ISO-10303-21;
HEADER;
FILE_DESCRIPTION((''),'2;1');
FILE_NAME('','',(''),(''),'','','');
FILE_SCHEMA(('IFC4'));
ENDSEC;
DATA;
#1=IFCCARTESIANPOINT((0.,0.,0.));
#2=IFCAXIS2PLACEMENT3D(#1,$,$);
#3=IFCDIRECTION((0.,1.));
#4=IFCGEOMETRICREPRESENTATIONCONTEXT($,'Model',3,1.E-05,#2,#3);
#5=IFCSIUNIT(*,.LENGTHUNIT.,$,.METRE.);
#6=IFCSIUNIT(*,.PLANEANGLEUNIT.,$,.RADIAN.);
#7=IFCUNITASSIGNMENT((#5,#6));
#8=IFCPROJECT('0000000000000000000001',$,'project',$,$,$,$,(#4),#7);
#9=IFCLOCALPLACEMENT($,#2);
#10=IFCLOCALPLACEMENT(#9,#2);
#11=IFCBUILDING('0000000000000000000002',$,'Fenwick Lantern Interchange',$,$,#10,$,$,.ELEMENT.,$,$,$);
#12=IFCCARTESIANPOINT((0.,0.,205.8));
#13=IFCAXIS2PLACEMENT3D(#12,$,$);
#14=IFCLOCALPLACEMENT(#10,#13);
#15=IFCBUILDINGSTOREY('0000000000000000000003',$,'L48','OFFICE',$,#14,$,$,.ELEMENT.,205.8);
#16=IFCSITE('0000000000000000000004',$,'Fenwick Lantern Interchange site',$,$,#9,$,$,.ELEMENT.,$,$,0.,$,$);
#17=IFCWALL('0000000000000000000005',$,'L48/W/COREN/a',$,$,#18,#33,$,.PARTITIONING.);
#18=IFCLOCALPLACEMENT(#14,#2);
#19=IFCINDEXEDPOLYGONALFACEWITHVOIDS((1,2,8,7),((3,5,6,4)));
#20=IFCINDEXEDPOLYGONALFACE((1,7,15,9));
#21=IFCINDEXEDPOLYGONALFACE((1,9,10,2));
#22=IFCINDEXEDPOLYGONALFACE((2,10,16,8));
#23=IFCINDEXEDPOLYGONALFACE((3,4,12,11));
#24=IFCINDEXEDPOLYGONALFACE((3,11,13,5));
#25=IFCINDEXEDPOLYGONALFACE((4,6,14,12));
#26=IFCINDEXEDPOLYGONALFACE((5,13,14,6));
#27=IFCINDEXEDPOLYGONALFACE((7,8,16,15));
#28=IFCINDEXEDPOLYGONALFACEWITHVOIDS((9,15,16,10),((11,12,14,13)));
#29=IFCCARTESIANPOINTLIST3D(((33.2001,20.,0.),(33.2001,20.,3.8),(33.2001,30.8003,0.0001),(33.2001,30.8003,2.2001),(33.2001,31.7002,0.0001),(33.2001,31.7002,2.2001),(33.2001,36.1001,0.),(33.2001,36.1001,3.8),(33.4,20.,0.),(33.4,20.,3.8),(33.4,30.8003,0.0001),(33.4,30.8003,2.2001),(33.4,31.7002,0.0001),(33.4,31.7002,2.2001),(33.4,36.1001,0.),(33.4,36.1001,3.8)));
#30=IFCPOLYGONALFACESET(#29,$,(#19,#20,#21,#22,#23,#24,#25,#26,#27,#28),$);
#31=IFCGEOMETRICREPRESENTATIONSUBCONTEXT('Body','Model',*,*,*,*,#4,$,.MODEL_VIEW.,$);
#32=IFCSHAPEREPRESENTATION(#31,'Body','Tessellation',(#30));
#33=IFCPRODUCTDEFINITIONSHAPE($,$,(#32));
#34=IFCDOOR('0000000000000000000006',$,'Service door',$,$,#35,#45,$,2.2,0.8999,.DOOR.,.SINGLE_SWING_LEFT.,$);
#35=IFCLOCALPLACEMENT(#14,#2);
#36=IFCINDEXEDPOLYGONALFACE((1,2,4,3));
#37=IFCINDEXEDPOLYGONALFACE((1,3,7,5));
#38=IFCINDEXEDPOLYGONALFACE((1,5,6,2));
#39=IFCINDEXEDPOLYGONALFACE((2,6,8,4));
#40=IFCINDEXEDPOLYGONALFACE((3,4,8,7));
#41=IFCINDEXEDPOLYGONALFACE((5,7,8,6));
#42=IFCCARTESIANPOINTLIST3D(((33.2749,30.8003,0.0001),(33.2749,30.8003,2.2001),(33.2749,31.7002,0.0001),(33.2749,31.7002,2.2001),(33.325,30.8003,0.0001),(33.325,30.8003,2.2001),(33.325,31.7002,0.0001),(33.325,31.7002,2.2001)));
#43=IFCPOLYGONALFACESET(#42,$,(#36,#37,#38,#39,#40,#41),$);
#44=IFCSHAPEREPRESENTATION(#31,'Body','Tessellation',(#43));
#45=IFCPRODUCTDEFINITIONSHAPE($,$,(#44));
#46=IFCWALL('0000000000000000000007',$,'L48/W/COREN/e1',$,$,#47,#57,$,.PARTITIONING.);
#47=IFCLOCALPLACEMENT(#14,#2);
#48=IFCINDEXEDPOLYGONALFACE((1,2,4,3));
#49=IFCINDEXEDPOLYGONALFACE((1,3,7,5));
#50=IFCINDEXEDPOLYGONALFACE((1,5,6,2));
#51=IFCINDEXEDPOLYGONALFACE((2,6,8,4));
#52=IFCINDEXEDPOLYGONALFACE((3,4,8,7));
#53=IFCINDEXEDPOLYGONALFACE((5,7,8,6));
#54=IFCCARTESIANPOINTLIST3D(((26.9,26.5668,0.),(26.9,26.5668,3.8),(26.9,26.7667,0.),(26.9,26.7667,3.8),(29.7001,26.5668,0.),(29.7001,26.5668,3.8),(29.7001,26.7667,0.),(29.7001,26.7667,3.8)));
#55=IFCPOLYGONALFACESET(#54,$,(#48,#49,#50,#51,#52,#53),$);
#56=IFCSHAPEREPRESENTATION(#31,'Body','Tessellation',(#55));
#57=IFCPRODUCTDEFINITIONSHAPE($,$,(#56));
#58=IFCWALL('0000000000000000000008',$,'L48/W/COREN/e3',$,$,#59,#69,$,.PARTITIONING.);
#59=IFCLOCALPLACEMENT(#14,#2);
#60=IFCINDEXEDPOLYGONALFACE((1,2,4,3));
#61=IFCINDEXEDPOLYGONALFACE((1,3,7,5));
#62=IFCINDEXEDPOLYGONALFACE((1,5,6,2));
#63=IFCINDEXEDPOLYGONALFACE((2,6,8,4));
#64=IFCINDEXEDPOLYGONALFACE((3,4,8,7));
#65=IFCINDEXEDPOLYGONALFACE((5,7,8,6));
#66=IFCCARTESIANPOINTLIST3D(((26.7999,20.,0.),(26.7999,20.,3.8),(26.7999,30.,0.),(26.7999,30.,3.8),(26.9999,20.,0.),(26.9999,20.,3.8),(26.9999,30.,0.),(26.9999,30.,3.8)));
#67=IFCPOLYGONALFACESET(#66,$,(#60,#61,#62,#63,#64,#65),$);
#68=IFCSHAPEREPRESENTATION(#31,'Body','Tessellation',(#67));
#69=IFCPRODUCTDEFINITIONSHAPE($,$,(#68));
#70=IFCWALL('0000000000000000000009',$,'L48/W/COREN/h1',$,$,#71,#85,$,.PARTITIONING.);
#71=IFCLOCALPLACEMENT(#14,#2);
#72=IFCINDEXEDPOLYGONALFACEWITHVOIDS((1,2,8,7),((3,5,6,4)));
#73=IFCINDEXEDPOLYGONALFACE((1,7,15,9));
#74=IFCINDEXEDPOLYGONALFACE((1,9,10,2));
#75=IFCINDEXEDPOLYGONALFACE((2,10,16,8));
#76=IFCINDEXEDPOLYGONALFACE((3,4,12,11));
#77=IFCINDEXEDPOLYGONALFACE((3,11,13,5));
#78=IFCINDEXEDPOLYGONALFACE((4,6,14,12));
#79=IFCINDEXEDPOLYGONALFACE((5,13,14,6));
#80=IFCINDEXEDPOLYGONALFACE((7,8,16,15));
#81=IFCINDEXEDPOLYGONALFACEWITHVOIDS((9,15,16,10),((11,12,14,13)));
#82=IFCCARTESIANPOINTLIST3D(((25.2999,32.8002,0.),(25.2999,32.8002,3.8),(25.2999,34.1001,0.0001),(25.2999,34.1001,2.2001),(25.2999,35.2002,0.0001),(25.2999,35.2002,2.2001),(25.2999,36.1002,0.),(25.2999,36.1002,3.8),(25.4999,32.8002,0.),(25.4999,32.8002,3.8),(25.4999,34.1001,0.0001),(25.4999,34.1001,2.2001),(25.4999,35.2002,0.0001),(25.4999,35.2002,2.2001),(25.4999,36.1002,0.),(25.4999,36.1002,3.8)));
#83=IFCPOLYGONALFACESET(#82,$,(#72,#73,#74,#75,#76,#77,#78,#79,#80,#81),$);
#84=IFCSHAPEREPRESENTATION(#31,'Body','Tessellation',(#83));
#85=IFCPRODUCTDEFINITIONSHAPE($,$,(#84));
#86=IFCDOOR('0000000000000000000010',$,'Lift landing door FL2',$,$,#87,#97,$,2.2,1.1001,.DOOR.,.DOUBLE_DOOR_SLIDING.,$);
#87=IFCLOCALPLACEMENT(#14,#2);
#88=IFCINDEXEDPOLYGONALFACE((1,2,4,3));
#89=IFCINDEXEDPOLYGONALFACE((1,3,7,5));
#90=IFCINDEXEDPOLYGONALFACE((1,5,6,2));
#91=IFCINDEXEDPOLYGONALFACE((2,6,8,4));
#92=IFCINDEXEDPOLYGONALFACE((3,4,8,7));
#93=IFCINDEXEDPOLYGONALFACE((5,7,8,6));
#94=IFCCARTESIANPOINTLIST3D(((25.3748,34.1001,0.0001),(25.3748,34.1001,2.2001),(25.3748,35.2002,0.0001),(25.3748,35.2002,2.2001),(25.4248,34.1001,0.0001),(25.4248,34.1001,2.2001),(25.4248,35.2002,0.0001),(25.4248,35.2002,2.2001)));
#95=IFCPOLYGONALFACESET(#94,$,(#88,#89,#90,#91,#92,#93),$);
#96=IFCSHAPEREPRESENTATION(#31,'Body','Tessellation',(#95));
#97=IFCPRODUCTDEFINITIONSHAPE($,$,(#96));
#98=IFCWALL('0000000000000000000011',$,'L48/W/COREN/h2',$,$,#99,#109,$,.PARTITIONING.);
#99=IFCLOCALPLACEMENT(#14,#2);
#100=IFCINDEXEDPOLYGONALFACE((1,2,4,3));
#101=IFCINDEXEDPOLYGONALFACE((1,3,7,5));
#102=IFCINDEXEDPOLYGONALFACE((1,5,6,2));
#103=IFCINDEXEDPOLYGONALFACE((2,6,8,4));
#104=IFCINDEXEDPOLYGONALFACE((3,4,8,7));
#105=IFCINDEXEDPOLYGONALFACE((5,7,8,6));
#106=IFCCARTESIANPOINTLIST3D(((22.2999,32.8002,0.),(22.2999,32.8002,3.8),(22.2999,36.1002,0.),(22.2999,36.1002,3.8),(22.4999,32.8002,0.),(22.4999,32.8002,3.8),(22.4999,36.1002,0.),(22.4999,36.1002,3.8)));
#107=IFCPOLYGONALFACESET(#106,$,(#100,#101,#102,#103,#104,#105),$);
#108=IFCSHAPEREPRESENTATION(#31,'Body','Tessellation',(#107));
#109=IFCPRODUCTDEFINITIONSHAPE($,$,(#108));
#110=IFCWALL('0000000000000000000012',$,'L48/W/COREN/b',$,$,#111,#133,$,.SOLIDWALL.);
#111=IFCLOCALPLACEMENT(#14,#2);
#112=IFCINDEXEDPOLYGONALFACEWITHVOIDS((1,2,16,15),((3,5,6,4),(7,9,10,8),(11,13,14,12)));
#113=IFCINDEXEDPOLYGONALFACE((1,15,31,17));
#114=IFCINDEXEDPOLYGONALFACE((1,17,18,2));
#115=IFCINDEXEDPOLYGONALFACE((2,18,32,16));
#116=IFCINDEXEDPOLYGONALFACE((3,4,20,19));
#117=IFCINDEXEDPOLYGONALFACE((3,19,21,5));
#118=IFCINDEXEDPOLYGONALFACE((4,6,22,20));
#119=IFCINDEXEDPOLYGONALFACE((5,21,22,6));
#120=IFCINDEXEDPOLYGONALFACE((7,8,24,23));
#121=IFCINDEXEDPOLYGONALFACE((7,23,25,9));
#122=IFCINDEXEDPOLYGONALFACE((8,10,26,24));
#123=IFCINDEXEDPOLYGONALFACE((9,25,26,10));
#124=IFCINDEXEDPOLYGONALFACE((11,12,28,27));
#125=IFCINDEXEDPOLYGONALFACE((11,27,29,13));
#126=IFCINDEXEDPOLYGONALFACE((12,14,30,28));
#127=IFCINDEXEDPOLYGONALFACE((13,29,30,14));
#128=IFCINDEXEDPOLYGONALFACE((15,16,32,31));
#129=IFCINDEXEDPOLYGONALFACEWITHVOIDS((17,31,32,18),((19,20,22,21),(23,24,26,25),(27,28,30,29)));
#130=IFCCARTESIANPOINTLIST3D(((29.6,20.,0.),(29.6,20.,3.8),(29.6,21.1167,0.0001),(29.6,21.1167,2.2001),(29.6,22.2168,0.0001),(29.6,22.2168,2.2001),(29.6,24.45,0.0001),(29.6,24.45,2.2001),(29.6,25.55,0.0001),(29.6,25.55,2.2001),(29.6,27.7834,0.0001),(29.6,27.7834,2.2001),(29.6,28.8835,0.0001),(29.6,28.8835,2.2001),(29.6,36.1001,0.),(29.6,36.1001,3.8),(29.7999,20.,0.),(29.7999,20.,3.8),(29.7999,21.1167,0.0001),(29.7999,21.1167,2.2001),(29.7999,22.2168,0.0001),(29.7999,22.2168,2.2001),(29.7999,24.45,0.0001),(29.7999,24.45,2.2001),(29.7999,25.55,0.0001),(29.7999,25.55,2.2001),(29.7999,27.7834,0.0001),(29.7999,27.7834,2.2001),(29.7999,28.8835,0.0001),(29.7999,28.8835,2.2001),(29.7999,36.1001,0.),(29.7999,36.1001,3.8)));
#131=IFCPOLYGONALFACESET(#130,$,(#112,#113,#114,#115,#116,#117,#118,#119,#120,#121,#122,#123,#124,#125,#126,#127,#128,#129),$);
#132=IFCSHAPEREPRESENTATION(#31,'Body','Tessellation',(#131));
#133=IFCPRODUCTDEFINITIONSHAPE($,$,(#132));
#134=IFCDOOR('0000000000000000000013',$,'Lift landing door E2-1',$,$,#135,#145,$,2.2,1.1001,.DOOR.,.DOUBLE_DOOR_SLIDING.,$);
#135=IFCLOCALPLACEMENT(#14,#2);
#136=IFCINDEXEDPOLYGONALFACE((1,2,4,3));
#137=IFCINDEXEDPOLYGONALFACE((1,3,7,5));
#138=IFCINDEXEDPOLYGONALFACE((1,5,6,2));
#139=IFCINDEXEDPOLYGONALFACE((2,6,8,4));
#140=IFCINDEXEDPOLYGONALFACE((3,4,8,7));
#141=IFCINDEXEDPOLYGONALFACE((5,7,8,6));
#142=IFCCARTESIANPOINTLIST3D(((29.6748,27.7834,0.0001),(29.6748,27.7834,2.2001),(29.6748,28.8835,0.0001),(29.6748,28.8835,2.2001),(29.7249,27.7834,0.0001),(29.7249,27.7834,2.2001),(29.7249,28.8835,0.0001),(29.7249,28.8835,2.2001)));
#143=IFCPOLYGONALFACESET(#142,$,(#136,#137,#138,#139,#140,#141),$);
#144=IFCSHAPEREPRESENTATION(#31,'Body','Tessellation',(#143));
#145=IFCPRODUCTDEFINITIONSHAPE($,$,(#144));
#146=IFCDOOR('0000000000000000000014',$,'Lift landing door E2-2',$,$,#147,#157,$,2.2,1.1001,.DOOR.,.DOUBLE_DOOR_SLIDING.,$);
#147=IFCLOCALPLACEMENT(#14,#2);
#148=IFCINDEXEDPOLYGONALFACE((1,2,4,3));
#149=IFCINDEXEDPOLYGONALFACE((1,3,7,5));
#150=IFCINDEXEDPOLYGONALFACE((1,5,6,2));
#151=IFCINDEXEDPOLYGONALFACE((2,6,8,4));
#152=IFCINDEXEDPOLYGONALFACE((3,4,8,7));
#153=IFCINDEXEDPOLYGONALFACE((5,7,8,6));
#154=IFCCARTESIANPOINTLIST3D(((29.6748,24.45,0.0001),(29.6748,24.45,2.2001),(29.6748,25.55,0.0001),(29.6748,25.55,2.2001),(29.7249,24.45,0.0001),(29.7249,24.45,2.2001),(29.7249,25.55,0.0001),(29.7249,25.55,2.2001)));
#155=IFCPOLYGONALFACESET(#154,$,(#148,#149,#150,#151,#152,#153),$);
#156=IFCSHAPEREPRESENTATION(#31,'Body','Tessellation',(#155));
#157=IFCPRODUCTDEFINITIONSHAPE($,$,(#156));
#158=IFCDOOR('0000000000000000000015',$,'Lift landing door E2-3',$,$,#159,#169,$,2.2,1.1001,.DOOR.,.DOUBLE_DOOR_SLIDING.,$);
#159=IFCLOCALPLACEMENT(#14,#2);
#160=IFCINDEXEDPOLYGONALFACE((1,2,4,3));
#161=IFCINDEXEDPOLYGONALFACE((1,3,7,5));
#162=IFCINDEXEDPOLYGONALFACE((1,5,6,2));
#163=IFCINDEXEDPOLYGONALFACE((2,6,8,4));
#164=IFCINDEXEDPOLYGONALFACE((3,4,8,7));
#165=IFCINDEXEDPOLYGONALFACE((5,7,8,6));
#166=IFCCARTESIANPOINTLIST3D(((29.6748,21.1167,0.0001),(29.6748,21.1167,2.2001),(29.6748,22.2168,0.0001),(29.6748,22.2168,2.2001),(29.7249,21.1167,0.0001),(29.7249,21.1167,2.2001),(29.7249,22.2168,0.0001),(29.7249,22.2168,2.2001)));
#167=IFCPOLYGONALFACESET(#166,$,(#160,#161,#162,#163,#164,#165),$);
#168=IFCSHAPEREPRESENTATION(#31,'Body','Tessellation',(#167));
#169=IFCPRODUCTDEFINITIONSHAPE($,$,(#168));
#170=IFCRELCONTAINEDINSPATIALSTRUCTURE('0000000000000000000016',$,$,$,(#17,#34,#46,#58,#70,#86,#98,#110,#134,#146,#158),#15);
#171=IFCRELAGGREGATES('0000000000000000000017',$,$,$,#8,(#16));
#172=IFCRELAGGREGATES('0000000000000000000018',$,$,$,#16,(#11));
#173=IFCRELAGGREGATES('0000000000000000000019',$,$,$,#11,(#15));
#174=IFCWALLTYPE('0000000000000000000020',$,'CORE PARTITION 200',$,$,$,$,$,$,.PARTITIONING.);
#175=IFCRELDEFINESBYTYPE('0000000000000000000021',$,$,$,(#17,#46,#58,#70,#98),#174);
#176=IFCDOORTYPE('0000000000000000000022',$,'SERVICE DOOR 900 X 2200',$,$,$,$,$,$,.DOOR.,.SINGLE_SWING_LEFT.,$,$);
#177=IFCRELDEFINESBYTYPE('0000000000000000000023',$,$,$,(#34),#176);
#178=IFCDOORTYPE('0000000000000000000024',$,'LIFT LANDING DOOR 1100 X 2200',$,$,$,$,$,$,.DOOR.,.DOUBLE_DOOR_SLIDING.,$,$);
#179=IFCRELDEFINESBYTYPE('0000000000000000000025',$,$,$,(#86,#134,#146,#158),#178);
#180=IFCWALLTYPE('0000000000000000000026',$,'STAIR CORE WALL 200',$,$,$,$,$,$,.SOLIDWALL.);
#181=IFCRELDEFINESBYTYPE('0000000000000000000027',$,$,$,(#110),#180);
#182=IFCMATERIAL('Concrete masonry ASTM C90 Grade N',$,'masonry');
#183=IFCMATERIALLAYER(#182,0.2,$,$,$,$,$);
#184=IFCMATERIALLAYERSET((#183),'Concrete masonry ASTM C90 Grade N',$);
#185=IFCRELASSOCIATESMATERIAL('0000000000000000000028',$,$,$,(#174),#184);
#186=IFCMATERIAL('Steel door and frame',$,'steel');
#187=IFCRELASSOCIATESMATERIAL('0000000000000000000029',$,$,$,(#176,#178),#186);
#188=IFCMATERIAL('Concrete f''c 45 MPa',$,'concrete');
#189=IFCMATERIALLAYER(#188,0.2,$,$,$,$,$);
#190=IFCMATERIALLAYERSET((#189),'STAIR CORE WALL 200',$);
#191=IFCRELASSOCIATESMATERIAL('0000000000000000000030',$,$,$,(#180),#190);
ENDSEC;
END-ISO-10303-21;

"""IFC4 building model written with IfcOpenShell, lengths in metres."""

from ifc_helpers import new_model, si_unit, direction, frame, frame_2d, origin, place, context, subcontext, project, spatial, rectangle, extrude, material, layer, layer_set, type_object, element, fill, save


model = new_model("IFC4")

# Units and contexts
model_context = context("Model", 3, precision=1e-05, world=origin(), true_north=direction((0.0, 1.0)))
body_context = subcontext(model_context, "Body", "Model", "MODEL_VIEW")
ifc_project = project(units=[si_unit("LENGTHUNIT", "METRE"), si_unit("PLANEANGLEUNIT", "RADIAN")], contexts=[model_context])

# Site, building, storey
site_placement = place(None, origin())
site = spatial("IfcSite", under=ifc_project, at=site_placement, Name="Fenwick Lantern Interchange site", CompositionType="ELEMENT", RefElevation=0.0)
building_placement = place(site_placement, origin())
building = spatial("IfcBuilding", under=site, at=building_placement, Name="Fenwick Lantern Interchange", CompositionType="ELEMENT")
storey_placement = place(building_placement, frame((0.0, 0.0, 205.8)))
storey = spatial("IfcBuildingStorey", under=building, at=storey_placement, Name="L48", Description="OFFICE", CompositionType="ELEMENT", Elevation=205.8)

# Wall, opening, door
ifc_material_1 = material(Name="Concrete masonry ASTM C90 Grade N", Category="masonry")
ifc_layer_1 = layer(ifc_material_1, 0.2)
ifc_layer_set_1 = layer_set([ifc_layer_1], Name="Concrete masonry ASTM C90 Grade N")
wall_type_1 = type_object("IfcWallType", Name="CORE PARTITION 200", PredefinedType="PARTITIONING", material=ifc_layer_set_1)
wall_1_placement = place(storey_placement, frame((33.3, 36.1001, 0.0), z_axis=(0.0, 0.0, 1.0), x_axis=(0.0, -1.0, 0.0)))
wall_1 = element("IfcWall", 1, at=wall_1_placement, inside=storey, type_object=wall_type_1, Name="L48/W/COREN/a", PredefinedType="PARTITIONING", context=body_context, shape_type="SweptSolid", body=[
    extrude(rectangle(XDim=16.1001, YDim=0.2, at=frame_2d((8.05, 0.0))), origin(), (0.0, 0.0, 1.0), 3.8),
])
opening_1_placement = place(wall_1_placement, frame((4.3999, 0.0, 0.0)))
opening_1 = element("IfcOpeningElement", 2, at=opening_1_placement, cuts=wall_1, PredefinedType="OPENING", context=body_context, shape_type="SweptSolid", body=[
    extrude(rectangle(XDim=0.8999, YDim=2.2, at=frame_2d((0.45, 1.1001))), frame((0.0, 0.1099, 0.0), z_axis=(0.0, -1.0, 0.0), x_axis=(1.0, 0.0, 0.0)), (0.0, 0.0, 1.0), 0.22),
])
ifc_material_2 = material(Name="Steel door and frame", Category="steel")
door_type_1 = type_object("IfcDoorType", Name="SERVICE DOOR 900 X 2200", OperationType="SINGLE_SWING_LEFT", PredefinedType="DOOR", material=ifc_material_2)
door_1_placement = place(opening_1_placement, origin())
door_1 = element("IfcDoor", 3, at=door_1_placement, inside=storey, type_object=door_type_1, Name="Service door", OperationType="SINGLE_SWING_LEFT", OverallHeight=2.2, OverallWidth=0.8999, PredefinedType="DOOR", context=body_context, shape_type="SweptSolid", body=[
    extrude(rectangle(XDim=0.8999, YDim=2.2, at=frame_2d((0.45, 1.1001))), frame((0.0, 0.0249, 0.0), z_axis=(0.0, -1.0, 0.0), x_axis=(1.0, 0.0, 0.0)), (0.0, 0.0, 1.0), 0.05),
])
fill(opening_1, door_1)

# Walls
wall_2_placement = place(storey_placement, frame((29.7, 26.6667, 0.0), z_axis=(0.0, 0.0, 1.0), x_axis=(-1.0, 0.0, 0.0)))
element("IfcWall", 4, at=wall_2_placement, inside=storey, type_object=wall_type_1, Name="L48/W/COREN/e1", PredefinedType="PARTITIONING", context=body_context, shape_type="SweptSolid", body=[
    extrude(rectangle(XDim=2.8, YDim=0.2, at=frame_2d((1.3999, 0.0))), origin(), (0.0, 0.0, 1.0), 3.8),
])
wall_3_placement = place(storey_placement, frame((26.8999, 30.0, 0.0), z_axis=(0.0, 0.0, 1.0), x_axis=(0.0, -1.0, 0.0)))
element("IfcWall", 5, at=wall_3_placement, inside=storey, type_object=wall_type_1, Name="L48/W/COREN/e3", PredefinedType="PARTITIONING", context=body_context, shape_type="SweptSolid", body=[
    extrude(rectangle(XDim=10.0, YDim=0.2, at=frame_2d((5.0, 0.0))), origin(), (0.0, 0.0, 1.0), 3.8),
])

# Wall, opening, door
wall_4_placement = place(storey_placement, frame((25.3999, 36.1001, 0.0), z_axis=(0.0, 0.0, 1.0), x_axis=(0.0, -1.0, 0.0)))
wall_4 = element("IfcWall", 6, at=wall_4_placement, inside=storey, type_object=wall_type_1, Name="L48/W/COREN/h1", PredefinedType="PARTITIONING", context=body_context, shape_type="SweptSolid", body=[
    extrude(rectangle(XDim=3.3, YDim=0.2, at=frame_2d((1.6499, 0.0))), origin(), (0.0, 0.0, 1.0), 3.8),
])
opening_2_placement = place(wall_4_placement, frame((0.8999, 0.0, 0.0)))
opening_2 = element("IfcOpeningElement", 7, at=opening_2_placement, cuts=wall_4, PredefinedType="OPENING", context=body_context, shape_type="SweptSolid", body=[
    extrude(rectangle(XDim=1.1001, YDim=2.2, at=frame_2d((0.55, 1.1001))), frame((0.0, 0.1099, 0.0), z_axis=(0.0, -1.0, 0.0), x_axis=(1.0, 0.0, 0.0)), (0.0, 0.0, 1.0), 0.22),
])
door_type_2 = type_object("IfcDoorType", Name="LIFT LANDING DOOR 1100 X 2200", OperationType="DOUBLE_DOOR_SLIDING", PredefinedType="DOOR", material=ifc_material_2)
door_2_placement = place(opening_2_placement, origin())
door_2 = element("IfcDoor", 8, at=door_2_placement, inside=storey, type_object=door_type_2, Name="Lift landing door FL2", OperationType="DOUBLE_DOOR_SLIDING", OverallHeight=2.2, OverallWidth=1.1001, PredefinedType="DOOR", context=body_context, shape_type="SweptSolid", body=[
    extrude(rectangle(XDim=1.1001, YDim=2.2, at=frame_2d((0.55, 1.1001))), frame((0.0, 0.0249, 0.0), z_axis=(0.0, -1.0, 0.0), x_axis=(1.0, 0.0, 0.0)), (0.0, 0.0, 1.0), 0.05),
])
fill(opening_2, door_2)

# Wall
wall_5_placement = place(storey_placement, frame((22.3999, 36.1001, 0.0), z_axis=(0.0, 0.0, 1.0), x_axis=(0.0, -1.0, 0.0)))
element("IfcWall", 9, at=wall_5_placement, inside=storey, type_object=wall_type_1, Name="L48/W/COREN/h2", PredefinedType="PARTITIONING", context=body_context, shape_type="SweptSolid", body=[
    extrude(rectangle(XDim=3.3, YDim=0.2, at=frame_2d((1.6499, 0.0))), origin(), (0.0, 0.0, 1.0), 3.8),
])

# Wall, openings, doors
ifc_material_3 = material(Name="Concrete f'c 45 MPa", Category="concrete")
ifc_layer_2 = layer(ifc_material_3, 0.2)
ifc_layer_set_2 = layer_set([ifc_layer_2], Name="STAIR CORE WALL 200")
wall_type_2 = type_object("IfcWallType", Name="STAIR CORE WALL 200", PredefinedType="SOLIDWALL", material=ifc_layer_set_2)
wall_6_placement = place(storey_placement, frame((29.7, 36.1001, 0.0), z_axis=(0.0, 0.0, 1.0), x_axis=(0.0, -1.0, 0.0)))
wall_6 = element("IfcWall", 10, at=wall_6_placement, inside=storey, type_object=wall_type_2, Name="L48/W/COREN/b", PredefinedType="SOLIDWALL", context=body_context, shape_type="SweptSolid", body=[
    extrude(rectangle(XDim=16.1001, YDim=0.2, at=frame_2d((8.05, 0.0))), origin(), (0.0, 0.0, 1.0), 3.8),
])
opening_3_placement = place(wall_6_placement, frame((7.2166, 0.0, 0.0)))
opening_3 = element("IfcOpeningElement", 11, at=opening_3_placement, cuts=wall_6, PredefinedType="OPENING", context=body_context, shape_type="SweptSolid", body=[
    extrude(rectangle(XDim=1.1001, YDim=2.2, at=frame_2d((0.55, 1.1001))), frame((0.0, 0.1099, 0.0), z_axis=(0.0, -1.0, 0.0), x_axis=(1.0, 0.0, 0.0)), (0.0, 0.0, 1.0), 0.22),
])
opening_4_placement = place(wall_6_placement, frame((10.55, 0.0, 0.0)))
opening_4 = element("IfcOpeningElement", 12, at=opening_4_placement, cuts=wall_6, PredefinedType="OPENING", context=body_context, shape_type="SweptSolid", body=[
    extrude(rectangle(XDim=1.1001, YDim=2.2, at=frame_2d((0.55, 1.1001))), frame((0.0, 0.1099, 0.0), z_axis=(0.0, -1.0, 0.0), x_axis=(1.0, 0.0, 0.0)), (0.0, 0.0, 1.0), 0.22),
])
opening_5_placement = place(wall_6_placement, frame((13.8833, 0.0, 0.0)))
opening_5 = element("IfcOpeningElement", 13, at=opening_5_placement, cuts=wall_6, PredefinedType="OPENING", context=body_context, shape_type="SweptSolid", body=[
    extrude(rectangle(XDim=1.1001, YDim=2.2, at=frame_2d((0.55, 1.1001))), frame((0.0, 0.1099, 0.0), z_axis=(0.0, -1.0, 0.0), x_axis=(1.0, 0.0, 0.0)), (0.0, 0.0, 1.0), 0.22),
])
door_3_placement = place(opening_3_placement, origin())
door_3 = element("IfcDoor", 14, at=door_3_placement, inside=storey, type_object=door_type_2, Name="Lift landing door E2-1", OperationType="DOUBLE_DOOR_SLIDING", OverallHeight=2.2, OverallWidth=1.1001, PredefinedType="DOOR", context=body_context, shape_type="SweptSolid", body=[
    extrude(rectangle(XDim=1.1001, YDim=2.2, at=frame_2d((0.55, 1.1001))), frame((0.0, 0.0249, 0.0), z_axis=(0.0, -1.0, 0.0), x_axis=(1.0, 0.0, 0.0)), (0.0, 0.0, 1.0), 0.05),
])
fill(opening_3, door_3)
door_4_placement = place(opening_4_placement, origin())
door_4 = element("IfcDoor", 15, at=door_4_placement, inside=storey, type_object=door_type_2, Name="Lift landing door E2-2", OperationType="DOUBLE_DOOR_SLIDING", OverallHeight=2.2, OverallWidth=1.1001, PredefinedType="DOOR", context=body_context, shape_type="SweptSolid", body=[
    extrude(rectangle(XDim=1.1001, YDim=2.2, at=frame_2d((0.55, 1.1001))), frame((0.0, 0.0249, 0.0), z_axis=(0.0, -1.0, 0.0), x_axis=(1.0, 0.0, 0.0)), (0.0, 0.0, 1.0), 0.05),
])
fill(opening_4, door_4)
door_5_placement = place(opening_5_placement, origin())
door_5 = element("IfcDoor", 16, at=door_5_placement, inside=storey, type_object=door_type_2, Name="Lift landing door E2-3", OperationType="DOUBLE_DOOR_SLIDING", OverallHeight=2.2, OverallWidth=1.1001, PredefinedType="DOOR", context=body_context, shape_type="SweptSolid", body=[
    extrude(rectangle(XDim=1.1001, YDim=2.2, at=frame_2d((0.55, 1.1001))), frame((0.0, 0.0249, 0.0), z_axis=(0.0, -1.0, 0.0), x_axis=(1.0, 0.0, 0.0)), (0.0, 0.0, 1.0), 0.05),
])
fill(opening_5, door_5)

save(model, "model.ifc")
